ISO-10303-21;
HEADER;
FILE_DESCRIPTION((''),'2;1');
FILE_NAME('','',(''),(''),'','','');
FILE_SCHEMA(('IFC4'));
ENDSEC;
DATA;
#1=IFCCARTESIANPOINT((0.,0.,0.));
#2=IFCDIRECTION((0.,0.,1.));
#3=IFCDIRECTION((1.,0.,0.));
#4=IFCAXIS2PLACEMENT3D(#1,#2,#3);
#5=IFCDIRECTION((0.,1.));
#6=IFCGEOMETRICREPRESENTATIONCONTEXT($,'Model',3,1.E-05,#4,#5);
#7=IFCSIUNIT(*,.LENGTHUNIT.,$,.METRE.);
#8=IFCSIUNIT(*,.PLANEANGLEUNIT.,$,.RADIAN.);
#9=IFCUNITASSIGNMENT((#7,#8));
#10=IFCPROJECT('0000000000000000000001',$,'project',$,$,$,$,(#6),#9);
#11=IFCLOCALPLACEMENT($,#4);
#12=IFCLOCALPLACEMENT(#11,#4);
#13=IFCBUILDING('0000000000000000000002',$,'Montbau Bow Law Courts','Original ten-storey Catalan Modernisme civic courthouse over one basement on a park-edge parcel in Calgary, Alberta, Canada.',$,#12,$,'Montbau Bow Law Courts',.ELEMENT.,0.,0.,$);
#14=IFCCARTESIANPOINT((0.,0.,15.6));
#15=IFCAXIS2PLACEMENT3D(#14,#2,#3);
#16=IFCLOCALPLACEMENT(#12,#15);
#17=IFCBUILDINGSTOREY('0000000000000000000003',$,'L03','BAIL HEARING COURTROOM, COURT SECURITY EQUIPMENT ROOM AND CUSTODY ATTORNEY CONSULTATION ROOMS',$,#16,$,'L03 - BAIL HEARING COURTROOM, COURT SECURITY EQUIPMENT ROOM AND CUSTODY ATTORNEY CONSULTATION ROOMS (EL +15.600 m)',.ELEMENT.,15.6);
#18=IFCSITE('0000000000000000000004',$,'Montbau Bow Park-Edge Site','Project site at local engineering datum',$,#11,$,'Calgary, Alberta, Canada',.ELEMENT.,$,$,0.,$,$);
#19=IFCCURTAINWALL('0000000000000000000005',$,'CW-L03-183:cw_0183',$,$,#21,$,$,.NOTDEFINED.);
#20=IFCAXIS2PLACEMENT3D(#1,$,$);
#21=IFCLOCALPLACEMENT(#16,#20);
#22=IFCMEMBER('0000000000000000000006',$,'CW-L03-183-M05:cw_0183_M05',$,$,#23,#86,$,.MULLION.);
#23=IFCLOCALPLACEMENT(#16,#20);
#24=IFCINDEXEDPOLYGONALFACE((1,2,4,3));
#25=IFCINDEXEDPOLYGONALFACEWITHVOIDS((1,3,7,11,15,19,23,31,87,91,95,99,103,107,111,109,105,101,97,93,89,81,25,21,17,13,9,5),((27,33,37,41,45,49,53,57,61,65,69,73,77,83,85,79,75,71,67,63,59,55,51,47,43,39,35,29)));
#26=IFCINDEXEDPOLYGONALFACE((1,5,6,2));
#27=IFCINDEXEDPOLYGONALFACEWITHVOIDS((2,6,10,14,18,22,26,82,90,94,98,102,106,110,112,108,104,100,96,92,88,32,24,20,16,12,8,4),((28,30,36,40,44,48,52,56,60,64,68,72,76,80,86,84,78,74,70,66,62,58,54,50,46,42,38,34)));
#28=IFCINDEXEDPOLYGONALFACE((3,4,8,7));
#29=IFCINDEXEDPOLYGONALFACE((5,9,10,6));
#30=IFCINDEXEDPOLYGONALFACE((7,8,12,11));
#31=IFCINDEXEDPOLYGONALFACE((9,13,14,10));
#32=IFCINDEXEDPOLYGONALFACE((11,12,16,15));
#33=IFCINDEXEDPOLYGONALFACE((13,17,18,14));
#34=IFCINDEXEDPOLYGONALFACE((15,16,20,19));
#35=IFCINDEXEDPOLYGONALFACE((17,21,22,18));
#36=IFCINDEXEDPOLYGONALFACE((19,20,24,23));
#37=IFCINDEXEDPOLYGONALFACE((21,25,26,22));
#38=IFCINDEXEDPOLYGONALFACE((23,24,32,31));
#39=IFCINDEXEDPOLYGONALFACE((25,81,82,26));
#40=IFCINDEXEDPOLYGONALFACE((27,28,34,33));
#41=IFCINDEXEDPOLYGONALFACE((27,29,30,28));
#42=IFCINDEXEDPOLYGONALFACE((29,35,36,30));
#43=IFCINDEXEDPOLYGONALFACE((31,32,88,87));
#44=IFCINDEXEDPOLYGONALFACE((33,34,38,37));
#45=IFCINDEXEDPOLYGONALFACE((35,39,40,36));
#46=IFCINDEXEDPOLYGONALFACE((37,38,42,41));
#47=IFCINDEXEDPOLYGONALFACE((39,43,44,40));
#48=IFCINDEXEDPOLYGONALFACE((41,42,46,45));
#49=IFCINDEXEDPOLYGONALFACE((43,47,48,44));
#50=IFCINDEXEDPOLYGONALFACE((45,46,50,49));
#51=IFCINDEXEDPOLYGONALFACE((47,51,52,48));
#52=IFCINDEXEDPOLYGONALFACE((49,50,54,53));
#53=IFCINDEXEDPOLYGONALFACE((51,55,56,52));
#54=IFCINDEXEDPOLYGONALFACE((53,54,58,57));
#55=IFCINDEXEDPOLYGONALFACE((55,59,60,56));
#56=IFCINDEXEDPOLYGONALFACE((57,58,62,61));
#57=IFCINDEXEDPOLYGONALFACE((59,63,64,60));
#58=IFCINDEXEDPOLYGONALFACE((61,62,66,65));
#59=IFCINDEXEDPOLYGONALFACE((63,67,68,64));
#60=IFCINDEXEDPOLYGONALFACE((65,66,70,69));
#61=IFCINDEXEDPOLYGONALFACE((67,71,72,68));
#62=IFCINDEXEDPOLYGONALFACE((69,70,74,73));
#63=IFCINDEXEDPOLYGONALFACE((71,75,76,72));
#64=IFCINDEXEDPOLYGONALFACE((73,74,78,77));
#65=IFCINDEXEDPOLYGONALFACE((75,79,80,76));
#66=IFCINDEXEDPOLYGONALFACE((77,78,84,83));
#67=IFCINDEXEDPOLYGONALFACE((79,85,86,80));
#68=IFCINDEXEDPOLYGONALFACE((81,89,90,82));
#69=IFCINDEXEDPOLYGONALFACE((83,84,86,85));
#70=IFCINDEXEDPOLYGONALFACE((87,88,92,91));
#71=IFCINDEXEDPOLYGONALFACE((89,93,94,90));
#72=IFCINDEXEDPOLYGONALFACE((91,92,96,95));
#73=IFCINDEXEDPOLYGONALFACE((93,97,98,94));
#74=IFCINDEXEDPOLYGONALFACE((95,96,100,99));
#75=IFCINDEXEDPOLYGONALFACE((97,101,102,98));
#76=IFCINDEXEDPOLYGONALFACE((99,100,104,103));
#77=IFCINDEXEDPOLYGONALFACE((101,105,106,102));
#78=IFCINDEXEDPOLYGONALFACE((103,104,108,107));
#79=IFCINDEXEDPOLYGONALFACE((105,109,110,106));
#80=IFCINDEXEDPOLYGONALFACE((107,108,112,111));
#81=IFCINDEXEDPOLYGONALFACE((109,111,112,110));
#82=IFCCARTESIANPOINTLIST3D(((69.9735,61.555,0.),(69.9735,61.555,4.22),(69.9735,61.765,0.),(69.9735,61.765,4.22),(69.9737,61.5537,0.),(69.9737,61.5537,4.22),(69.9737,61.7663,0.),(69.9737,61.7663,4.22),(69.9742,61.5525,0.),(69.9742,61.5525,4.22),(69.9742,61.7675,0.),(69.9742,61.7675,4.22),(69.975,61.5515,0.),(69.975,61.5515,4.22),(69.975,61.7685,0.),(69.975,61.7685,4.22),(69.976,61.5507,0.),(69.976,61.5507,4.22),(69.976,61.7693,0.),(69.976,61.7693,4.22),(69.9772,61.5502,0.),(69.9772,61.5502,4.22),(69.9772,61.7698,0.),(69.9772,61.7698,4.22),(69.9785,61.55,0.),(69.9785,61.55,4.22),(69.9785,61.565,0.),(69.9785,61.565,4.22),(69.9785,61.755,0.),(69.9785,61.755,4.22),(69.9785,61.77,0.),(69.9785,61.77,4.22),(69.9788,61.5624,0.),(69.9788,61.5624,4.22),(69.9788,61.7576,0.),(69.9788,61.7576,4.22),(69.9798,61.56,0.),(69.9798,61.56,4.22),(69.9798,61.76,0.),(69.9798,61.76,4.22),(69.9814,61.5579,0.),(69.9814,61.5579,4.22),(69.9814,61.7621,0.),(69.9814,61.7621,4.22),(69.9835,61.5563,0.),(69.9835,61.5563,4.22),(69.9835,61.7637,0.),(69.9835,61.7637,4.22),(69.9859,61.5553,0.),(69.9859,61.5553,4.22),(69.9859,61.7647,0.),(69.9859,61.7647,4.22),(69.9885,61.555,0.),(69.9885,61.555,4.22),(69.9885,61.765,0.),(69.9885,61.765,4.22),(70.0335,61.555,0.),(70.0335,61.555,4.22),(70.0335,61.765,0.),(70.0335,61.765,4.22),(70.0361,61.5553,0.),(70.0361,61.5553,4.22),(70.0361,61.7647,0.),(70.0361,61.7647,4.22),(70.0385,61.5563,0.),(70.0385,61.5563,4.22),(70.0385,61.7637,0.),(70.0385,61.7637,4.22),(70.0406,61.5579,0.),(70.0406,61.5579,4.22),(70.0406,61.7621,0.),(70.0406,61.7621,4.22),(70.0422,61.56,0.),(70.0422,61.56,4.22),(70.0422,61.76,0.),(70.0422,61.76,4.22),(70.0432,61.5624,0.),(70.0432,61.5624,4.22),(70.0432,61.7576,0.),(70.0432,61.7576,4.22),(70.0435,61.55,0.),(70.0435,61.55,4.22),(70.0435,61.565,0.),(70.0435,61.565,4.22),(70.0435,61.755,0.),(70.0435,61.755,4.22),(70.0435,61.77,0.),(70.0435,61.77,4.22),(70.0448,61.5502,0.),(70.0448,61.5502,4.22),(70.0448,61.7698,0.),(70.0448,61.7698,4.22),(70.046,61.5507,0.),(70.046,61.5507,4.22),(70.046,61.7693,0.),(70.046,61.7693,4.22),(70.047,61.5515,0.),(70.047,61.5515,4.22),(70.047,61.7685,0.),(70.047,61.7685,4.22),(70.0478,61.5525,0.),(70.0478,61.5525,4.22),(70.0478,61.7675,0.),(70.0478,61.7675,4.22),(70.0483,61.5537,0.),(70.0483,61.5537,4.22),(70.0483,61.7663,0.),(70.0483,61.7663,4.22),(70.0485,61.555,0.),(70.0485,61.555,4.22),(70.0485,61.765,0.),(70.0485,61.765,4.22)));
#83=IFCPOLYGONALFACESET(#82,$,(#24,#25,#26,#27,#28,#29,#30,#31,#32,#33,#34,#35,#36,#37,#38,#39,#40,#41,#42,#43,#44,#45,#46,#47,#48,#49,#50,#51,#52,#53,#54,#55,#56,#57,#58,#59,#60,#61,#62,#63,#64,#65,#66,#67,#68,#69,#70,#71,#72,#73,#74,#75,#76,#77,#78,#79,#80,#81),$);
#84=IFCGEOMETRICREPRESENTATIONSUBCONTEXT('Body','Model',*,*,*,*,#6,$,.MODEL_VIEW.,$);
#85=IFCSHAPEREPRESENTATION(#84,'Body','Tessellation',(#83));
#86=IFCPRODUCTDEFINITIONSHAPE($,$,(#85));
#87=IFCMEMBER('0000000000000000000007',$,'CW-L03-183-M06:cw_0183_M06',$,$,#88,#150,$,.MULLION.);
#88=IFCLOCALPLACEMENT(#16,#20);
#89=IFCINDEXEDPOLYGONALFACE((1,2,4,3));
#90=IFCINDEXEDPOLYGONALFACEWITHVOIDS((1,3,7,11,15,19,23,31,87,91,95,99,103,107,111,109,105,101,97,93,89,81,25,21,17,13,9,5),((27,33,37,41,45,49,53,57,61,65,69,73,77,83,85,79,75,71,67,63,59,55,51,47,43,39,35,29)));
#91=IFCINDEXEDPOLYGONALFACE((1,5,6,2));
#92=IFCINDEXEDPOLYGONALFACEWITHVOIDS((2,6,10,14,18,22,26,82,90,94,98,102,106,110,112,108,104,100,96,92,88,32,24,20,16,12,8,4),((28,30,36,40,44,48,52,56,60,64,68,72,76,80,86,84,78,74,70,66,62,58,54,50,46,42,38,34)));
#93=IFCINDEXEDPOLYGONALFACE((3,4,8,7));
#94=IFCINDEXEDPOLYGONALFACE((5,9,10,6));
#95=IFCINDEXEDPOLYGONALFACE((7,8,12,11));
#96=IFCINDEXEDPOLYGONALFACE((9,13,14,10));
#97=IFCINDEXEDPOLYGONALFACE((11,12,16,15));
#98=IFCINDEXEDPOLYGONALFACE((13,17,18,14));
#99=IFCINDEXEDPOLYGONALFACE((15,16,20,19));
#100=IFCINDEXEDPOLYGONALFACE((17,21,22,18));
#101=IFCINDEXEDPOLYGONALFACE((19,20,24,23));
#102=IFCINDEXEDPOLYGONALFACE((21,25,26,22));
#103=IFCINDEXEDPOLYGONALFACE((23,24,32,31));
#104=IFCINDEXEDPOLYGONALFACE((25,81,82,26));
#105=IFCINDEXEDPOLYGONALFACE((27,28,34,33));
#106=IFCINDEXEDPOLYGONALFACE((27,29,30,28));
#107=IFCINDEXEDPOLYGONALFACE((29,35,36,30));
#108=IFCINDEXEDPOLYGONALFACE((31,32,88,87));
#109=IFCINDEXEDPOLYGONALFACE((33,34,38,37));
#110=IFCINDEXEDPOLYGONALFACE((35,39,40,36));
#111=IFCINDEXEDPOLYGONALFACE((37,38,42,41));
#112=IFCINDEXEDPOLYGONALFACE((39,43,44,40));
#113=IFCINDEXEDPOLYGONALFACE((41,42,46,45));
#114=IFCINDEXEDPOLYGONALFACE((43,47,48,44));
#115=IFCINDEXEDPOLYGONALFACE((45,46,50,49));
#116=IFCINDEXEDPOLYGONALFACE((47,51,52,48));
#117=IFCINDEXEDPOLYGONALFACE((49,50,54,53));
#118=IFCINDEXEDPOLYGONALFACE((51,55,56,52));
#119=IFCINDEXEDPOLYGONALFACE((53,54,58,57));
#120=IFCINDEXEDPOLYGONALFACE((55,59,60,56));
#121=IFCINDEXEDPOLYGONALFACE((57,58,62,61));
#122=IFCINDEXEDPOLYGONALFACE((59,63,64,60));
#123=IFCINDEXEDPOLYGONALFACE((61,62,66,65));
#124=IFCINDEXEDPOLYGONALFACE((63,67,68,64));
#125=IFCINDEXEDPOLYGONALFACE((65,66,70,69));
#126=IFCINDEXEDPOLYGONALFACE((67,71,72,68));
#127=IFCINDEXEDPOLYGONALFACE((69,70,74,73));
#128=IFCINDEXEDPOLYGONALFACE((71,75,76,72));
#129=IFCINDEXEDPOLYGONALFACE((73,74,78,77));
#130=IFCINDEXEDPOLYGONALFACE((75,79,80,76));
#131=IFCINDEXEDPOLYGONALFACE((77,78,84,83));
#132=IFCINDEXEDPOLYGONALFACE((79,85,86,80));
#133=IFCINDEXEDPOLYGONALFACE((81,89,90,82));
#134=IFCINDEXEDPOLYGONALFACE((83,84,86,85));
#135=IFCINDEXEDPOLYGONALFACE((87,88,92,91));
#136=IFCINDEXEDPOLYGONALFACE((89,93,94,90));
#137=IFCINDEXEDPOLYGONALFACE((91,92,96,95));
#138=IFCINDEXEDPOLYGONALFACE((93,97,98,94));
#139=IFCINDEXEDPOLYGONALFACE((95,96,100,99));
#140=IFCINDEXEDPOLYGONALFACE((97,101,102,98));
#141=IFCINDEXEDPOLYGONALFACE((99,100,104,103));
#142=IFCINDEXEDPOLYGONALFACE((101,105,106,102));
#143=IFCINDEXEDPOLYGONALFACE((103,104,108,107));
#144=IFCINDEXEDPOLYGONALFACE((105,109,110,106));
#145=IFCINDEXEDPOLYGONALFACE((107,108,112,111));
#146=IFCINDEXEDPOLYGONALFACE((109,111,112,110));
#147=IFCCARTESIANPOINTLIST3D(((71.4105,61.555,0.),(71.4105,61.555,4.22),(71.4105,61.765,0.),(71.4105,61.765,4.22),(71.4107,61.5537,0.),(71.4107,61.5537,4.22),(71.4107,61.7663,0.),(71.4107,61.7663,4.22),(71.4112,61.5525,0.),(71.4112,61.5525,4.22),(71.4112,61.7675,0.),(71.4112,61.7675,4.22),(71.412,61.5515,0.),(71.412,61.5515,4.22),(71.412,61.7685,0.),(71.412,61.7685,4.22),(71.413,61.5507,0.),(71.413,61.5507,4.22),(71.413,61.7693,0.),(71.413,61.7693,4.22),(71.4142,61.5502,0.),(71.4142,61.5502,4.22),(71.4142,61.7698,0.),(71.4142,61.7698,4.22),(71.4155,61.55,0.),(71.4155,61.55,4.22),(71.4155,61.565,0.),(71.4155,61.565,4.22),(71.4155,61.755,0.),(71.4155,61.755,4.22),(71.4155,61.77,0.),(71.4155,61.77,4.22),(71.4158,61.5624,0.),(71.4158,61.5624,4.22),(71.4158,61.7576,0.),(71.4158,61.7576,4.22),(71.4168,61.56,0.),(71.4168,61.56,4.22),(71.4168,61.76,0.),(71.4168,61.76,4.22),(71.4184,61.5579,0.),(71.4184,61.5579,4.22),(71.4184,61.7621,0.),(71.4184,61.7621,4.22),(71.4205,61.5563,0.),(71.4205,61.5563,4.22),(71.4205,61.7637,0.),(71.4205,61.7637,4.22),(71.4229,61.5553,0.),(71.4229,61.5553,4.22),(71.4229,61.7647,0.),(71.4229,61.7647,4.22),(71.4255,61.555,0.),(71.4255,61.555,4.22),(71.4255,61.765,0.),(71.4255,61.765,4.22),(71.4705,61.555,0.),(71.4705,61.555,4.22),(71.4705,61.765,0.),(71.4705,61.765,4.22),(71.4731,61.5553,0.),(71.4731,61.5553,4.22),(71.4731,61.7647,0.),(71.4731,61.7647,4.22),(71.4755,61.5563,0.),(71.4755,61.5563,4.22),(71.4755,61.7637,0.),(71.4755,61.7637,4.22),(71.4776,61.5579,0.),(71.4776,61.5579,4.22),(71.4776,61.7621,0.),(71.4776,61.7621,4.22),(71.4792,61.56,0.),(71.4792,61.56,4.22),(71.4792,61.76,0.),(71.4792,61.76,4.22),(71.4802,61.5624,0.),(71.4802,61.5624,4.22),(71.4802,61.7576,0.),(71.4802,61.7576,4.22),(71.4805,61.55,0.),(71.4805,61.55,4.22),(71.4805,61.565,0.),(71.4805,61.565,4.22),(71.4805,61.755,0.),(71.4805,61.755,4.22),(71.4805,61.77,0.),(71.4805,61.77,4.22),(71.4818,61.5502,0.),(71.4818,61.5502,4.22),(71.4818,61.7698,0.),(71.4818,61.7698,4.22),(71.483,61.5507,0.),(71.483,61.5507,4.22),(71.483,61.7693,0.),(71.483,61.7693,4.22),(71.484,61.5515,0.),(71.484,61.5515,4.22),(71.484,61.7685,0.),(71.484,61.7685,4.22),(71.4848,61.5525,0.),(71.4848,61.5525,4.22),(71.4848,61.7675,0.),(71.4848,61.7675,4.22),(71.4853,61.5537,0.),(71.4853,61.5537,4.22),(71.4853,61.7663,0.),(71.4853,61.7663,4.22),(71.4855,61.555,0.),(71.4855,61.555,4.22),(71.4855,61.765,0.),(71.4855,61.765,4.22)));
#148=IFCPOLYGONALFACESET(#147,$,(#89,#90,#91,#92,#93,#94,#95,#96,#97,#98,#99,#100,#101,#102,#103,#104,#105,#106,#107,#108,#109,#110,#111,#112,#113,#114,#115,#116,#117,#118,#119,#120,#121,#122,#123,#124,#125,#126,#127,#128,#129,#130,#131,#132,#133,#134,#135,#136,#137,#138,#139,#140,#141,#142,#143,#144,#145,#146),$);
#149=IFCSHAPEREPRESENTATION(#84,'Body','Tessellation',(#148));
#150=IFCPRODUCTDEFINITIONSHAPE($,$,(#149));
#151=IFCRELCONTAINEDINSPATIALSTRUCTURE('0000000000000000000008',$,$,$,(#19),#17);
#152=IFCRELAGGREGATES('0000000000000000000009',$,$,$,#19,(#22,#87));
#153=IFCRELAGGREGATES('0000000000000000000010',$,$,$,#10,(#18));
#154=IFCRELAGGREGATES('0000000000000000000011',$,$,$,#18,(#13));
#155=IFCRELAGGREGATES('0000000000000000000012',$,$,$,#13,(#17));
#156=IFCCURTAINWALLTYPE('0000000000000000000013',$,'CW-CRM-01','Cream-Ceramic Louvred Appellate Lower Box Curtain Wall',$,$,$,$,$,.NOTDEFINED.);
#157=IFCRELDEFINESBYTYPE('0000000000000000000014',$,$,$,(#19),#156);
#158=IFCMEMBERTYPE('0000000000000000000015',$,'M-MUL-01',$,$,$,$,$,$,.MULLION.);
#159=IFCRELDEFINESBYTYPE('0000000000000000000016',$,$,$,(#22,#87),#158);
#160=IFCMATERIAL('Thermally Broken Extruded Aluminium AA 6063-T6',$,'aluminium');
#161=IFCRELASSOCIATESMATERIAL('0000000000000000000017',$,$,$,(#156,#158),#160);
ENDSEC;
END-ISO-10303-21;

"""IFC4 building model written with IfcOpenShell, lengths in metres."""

from ifc_helpers import new_model, si_unit, direction, frame, origin_with_axes, origin_2d_with_axis, place, context, subcontext, project, spatial, hollow_rectangle, extrude, material, material_profile, profile_set, type_object, element, aggregate, save


model = new_model("IFC4")

# Units and contexts
model_context = context("Model", 3, precision=1e-05, world=origin_with_axes(), true_north=direction((0.0, 1.0)))
body_context = subcontext(model_context, "Body", "Model", "MODEL_VIEW")
ifc_project = project(units=[si_unit("LENGTHUNIT", "METRE"), si_unit("PLANEANGLEUNIT", "RADIAN")], contexts=[model_context])

# Site, building, storey
site_placement = place(None, origin_with_axes())
site = spatial("IfcSite", under=ifc_project, at=site_placement, Name="Montbau Bow Park-Edge Site", Description="Project site at local engineering datum", LongName="Calgary, Alberta, Canada", CompositionType="ELEMENT", RefElevation=0.0)
building_placement = place(site_placement, origin_with_axes())
building = spatial("IfcBuilding", under=site, at=building_placement, Name="Montbau Bow Law Courts", Description="Original ten-storey Catalan Modernisme civic courthouse over one basement on a park-edge parcel in Calgary, Alberta, Canada.", LongName="Montbau Bow Law Courts", CompositionType="ELEMENT", ElevationOfRefHeight=0.0, ElevationOfTerrain=0.0)
storey_placement = place(building_placement, frame((0.0, 0.0, 15.6), z_axis=(0.0, 0.0, 1.0), x_axis=(1.0, 0.0, 0.0)))
storey = spatial("IfcBuildingStorey", under=building, at=storey_placement, Name="L03", Description="BAIL HEARING COURTROOM, COURT SECURITY EQUIPMENT ROOM AND CUSTODY ATTORNEY CONSULTATION ROOMS", LongName="L03 - BAIL HEARING COURTROOM, COURT SECURITY EQUIPMENT ROOM AND CUSTODY ATTORNEY CONSULTATION ROOMS (EL +15.600 m)", CompositionType="ELEMENT", Elevation=15.6)

# Curtain wall, members
ifc_material_1 = material(Name="Thermally Broken Extruded Aluminium AA 6063-T6", Category="aluminium")
curtain_wall_type = type_object("IfcCurtainWallType", Name="CW-CRM-01", Description="Cream-Ceramic Louvred Appellate Lower Box Curtain Wall", PredefinedType="NOTDEFINED", material=ifc_material_1)
curtain_wall_1_placement = place(None, frame((64.115, 61.66, 15.6), z_axis=(0.0, 0.0, 1.0), x_axis=(1.0, 0.0, 0.0)))
curtain_wall_1 = element("IfcCurtainWall", 1, at=curtain_wall_1_placement, inside=storey, type_object=curtain_wall_type, Name="CW-L03-183:cw_0183", PredefinedType="NOTDEFINED")
ifc_material_profile_1 = material_profile(ifc_material_1, hollow_rectangle(XDim=0.075, YDim=0.22, WallThickness=0.005, InnerFilletRadius=0.01, OuterFilletRadius=0.005, at=origin_2d_with_axis()), Name="CWM-220X75", Category="Main", Priority=0)
ifc_profile_set_1 = profile_set([ifc_material_profile_1], Name="Thermally Broken Extruded Aluminium AA 6063-T6")
member_type_1 = type_object("IfcMemberType", Name="M-MUL-01", PredefinedType="MULLION", material=ifc_profile_set_1)
member_1_placement = place(None, frame((70.011, 61.66, 15.6), z_axis=(0.0, 0.0, 1.0), x_axis=(1.0, 0.0, 0.0)))
member_1 = element("IfcMember", 2, at=member_1_placement, type_object=member_type_1, Name="CW-L03-183-M05:cw_0183_M05", PredefinedType="MULLION", context=body_context, shape_type="SweptSolid", body=[
    extrude(hollow_rectangle(XDim=0.075, YDim=0.22, WallThickness=0.005, InnerFilletRadius=0.01, OuterFilletRadius=0.005, at=origin_2d_with_axis()), origin_with_axes(), (0.0, 0.0, 1.0), 4.22),
])
member_2_placement = place(None, frame((71.448, 61.66, 15.6), z_axis=(0.0, 0.0, 1.0), x_axis=(1.0, 0.0, 0.0)))
member_2 = element("IfcMember", 3, at=member_2_placement, type_object=member_type_1, Name="CW-L03-183-M06:cw_0183_M06", PredefinedType="MULLION", context=body_context, shape_type="SweptSolid", body=[
    extrude(hollow_rectangle(XDim=0.075, YDim=0.22, WallThickness=0.005, InnerFilletRadius=0.01, OuterFilletRadius=0.005, at=origin_2d_with_axis()), origin_with_axes(), (0.0, 0.0, 1.0), 4.22),
])

aggregate(curtain_wall_1, [member_1, member_2])

save(model, "model.ifc")
